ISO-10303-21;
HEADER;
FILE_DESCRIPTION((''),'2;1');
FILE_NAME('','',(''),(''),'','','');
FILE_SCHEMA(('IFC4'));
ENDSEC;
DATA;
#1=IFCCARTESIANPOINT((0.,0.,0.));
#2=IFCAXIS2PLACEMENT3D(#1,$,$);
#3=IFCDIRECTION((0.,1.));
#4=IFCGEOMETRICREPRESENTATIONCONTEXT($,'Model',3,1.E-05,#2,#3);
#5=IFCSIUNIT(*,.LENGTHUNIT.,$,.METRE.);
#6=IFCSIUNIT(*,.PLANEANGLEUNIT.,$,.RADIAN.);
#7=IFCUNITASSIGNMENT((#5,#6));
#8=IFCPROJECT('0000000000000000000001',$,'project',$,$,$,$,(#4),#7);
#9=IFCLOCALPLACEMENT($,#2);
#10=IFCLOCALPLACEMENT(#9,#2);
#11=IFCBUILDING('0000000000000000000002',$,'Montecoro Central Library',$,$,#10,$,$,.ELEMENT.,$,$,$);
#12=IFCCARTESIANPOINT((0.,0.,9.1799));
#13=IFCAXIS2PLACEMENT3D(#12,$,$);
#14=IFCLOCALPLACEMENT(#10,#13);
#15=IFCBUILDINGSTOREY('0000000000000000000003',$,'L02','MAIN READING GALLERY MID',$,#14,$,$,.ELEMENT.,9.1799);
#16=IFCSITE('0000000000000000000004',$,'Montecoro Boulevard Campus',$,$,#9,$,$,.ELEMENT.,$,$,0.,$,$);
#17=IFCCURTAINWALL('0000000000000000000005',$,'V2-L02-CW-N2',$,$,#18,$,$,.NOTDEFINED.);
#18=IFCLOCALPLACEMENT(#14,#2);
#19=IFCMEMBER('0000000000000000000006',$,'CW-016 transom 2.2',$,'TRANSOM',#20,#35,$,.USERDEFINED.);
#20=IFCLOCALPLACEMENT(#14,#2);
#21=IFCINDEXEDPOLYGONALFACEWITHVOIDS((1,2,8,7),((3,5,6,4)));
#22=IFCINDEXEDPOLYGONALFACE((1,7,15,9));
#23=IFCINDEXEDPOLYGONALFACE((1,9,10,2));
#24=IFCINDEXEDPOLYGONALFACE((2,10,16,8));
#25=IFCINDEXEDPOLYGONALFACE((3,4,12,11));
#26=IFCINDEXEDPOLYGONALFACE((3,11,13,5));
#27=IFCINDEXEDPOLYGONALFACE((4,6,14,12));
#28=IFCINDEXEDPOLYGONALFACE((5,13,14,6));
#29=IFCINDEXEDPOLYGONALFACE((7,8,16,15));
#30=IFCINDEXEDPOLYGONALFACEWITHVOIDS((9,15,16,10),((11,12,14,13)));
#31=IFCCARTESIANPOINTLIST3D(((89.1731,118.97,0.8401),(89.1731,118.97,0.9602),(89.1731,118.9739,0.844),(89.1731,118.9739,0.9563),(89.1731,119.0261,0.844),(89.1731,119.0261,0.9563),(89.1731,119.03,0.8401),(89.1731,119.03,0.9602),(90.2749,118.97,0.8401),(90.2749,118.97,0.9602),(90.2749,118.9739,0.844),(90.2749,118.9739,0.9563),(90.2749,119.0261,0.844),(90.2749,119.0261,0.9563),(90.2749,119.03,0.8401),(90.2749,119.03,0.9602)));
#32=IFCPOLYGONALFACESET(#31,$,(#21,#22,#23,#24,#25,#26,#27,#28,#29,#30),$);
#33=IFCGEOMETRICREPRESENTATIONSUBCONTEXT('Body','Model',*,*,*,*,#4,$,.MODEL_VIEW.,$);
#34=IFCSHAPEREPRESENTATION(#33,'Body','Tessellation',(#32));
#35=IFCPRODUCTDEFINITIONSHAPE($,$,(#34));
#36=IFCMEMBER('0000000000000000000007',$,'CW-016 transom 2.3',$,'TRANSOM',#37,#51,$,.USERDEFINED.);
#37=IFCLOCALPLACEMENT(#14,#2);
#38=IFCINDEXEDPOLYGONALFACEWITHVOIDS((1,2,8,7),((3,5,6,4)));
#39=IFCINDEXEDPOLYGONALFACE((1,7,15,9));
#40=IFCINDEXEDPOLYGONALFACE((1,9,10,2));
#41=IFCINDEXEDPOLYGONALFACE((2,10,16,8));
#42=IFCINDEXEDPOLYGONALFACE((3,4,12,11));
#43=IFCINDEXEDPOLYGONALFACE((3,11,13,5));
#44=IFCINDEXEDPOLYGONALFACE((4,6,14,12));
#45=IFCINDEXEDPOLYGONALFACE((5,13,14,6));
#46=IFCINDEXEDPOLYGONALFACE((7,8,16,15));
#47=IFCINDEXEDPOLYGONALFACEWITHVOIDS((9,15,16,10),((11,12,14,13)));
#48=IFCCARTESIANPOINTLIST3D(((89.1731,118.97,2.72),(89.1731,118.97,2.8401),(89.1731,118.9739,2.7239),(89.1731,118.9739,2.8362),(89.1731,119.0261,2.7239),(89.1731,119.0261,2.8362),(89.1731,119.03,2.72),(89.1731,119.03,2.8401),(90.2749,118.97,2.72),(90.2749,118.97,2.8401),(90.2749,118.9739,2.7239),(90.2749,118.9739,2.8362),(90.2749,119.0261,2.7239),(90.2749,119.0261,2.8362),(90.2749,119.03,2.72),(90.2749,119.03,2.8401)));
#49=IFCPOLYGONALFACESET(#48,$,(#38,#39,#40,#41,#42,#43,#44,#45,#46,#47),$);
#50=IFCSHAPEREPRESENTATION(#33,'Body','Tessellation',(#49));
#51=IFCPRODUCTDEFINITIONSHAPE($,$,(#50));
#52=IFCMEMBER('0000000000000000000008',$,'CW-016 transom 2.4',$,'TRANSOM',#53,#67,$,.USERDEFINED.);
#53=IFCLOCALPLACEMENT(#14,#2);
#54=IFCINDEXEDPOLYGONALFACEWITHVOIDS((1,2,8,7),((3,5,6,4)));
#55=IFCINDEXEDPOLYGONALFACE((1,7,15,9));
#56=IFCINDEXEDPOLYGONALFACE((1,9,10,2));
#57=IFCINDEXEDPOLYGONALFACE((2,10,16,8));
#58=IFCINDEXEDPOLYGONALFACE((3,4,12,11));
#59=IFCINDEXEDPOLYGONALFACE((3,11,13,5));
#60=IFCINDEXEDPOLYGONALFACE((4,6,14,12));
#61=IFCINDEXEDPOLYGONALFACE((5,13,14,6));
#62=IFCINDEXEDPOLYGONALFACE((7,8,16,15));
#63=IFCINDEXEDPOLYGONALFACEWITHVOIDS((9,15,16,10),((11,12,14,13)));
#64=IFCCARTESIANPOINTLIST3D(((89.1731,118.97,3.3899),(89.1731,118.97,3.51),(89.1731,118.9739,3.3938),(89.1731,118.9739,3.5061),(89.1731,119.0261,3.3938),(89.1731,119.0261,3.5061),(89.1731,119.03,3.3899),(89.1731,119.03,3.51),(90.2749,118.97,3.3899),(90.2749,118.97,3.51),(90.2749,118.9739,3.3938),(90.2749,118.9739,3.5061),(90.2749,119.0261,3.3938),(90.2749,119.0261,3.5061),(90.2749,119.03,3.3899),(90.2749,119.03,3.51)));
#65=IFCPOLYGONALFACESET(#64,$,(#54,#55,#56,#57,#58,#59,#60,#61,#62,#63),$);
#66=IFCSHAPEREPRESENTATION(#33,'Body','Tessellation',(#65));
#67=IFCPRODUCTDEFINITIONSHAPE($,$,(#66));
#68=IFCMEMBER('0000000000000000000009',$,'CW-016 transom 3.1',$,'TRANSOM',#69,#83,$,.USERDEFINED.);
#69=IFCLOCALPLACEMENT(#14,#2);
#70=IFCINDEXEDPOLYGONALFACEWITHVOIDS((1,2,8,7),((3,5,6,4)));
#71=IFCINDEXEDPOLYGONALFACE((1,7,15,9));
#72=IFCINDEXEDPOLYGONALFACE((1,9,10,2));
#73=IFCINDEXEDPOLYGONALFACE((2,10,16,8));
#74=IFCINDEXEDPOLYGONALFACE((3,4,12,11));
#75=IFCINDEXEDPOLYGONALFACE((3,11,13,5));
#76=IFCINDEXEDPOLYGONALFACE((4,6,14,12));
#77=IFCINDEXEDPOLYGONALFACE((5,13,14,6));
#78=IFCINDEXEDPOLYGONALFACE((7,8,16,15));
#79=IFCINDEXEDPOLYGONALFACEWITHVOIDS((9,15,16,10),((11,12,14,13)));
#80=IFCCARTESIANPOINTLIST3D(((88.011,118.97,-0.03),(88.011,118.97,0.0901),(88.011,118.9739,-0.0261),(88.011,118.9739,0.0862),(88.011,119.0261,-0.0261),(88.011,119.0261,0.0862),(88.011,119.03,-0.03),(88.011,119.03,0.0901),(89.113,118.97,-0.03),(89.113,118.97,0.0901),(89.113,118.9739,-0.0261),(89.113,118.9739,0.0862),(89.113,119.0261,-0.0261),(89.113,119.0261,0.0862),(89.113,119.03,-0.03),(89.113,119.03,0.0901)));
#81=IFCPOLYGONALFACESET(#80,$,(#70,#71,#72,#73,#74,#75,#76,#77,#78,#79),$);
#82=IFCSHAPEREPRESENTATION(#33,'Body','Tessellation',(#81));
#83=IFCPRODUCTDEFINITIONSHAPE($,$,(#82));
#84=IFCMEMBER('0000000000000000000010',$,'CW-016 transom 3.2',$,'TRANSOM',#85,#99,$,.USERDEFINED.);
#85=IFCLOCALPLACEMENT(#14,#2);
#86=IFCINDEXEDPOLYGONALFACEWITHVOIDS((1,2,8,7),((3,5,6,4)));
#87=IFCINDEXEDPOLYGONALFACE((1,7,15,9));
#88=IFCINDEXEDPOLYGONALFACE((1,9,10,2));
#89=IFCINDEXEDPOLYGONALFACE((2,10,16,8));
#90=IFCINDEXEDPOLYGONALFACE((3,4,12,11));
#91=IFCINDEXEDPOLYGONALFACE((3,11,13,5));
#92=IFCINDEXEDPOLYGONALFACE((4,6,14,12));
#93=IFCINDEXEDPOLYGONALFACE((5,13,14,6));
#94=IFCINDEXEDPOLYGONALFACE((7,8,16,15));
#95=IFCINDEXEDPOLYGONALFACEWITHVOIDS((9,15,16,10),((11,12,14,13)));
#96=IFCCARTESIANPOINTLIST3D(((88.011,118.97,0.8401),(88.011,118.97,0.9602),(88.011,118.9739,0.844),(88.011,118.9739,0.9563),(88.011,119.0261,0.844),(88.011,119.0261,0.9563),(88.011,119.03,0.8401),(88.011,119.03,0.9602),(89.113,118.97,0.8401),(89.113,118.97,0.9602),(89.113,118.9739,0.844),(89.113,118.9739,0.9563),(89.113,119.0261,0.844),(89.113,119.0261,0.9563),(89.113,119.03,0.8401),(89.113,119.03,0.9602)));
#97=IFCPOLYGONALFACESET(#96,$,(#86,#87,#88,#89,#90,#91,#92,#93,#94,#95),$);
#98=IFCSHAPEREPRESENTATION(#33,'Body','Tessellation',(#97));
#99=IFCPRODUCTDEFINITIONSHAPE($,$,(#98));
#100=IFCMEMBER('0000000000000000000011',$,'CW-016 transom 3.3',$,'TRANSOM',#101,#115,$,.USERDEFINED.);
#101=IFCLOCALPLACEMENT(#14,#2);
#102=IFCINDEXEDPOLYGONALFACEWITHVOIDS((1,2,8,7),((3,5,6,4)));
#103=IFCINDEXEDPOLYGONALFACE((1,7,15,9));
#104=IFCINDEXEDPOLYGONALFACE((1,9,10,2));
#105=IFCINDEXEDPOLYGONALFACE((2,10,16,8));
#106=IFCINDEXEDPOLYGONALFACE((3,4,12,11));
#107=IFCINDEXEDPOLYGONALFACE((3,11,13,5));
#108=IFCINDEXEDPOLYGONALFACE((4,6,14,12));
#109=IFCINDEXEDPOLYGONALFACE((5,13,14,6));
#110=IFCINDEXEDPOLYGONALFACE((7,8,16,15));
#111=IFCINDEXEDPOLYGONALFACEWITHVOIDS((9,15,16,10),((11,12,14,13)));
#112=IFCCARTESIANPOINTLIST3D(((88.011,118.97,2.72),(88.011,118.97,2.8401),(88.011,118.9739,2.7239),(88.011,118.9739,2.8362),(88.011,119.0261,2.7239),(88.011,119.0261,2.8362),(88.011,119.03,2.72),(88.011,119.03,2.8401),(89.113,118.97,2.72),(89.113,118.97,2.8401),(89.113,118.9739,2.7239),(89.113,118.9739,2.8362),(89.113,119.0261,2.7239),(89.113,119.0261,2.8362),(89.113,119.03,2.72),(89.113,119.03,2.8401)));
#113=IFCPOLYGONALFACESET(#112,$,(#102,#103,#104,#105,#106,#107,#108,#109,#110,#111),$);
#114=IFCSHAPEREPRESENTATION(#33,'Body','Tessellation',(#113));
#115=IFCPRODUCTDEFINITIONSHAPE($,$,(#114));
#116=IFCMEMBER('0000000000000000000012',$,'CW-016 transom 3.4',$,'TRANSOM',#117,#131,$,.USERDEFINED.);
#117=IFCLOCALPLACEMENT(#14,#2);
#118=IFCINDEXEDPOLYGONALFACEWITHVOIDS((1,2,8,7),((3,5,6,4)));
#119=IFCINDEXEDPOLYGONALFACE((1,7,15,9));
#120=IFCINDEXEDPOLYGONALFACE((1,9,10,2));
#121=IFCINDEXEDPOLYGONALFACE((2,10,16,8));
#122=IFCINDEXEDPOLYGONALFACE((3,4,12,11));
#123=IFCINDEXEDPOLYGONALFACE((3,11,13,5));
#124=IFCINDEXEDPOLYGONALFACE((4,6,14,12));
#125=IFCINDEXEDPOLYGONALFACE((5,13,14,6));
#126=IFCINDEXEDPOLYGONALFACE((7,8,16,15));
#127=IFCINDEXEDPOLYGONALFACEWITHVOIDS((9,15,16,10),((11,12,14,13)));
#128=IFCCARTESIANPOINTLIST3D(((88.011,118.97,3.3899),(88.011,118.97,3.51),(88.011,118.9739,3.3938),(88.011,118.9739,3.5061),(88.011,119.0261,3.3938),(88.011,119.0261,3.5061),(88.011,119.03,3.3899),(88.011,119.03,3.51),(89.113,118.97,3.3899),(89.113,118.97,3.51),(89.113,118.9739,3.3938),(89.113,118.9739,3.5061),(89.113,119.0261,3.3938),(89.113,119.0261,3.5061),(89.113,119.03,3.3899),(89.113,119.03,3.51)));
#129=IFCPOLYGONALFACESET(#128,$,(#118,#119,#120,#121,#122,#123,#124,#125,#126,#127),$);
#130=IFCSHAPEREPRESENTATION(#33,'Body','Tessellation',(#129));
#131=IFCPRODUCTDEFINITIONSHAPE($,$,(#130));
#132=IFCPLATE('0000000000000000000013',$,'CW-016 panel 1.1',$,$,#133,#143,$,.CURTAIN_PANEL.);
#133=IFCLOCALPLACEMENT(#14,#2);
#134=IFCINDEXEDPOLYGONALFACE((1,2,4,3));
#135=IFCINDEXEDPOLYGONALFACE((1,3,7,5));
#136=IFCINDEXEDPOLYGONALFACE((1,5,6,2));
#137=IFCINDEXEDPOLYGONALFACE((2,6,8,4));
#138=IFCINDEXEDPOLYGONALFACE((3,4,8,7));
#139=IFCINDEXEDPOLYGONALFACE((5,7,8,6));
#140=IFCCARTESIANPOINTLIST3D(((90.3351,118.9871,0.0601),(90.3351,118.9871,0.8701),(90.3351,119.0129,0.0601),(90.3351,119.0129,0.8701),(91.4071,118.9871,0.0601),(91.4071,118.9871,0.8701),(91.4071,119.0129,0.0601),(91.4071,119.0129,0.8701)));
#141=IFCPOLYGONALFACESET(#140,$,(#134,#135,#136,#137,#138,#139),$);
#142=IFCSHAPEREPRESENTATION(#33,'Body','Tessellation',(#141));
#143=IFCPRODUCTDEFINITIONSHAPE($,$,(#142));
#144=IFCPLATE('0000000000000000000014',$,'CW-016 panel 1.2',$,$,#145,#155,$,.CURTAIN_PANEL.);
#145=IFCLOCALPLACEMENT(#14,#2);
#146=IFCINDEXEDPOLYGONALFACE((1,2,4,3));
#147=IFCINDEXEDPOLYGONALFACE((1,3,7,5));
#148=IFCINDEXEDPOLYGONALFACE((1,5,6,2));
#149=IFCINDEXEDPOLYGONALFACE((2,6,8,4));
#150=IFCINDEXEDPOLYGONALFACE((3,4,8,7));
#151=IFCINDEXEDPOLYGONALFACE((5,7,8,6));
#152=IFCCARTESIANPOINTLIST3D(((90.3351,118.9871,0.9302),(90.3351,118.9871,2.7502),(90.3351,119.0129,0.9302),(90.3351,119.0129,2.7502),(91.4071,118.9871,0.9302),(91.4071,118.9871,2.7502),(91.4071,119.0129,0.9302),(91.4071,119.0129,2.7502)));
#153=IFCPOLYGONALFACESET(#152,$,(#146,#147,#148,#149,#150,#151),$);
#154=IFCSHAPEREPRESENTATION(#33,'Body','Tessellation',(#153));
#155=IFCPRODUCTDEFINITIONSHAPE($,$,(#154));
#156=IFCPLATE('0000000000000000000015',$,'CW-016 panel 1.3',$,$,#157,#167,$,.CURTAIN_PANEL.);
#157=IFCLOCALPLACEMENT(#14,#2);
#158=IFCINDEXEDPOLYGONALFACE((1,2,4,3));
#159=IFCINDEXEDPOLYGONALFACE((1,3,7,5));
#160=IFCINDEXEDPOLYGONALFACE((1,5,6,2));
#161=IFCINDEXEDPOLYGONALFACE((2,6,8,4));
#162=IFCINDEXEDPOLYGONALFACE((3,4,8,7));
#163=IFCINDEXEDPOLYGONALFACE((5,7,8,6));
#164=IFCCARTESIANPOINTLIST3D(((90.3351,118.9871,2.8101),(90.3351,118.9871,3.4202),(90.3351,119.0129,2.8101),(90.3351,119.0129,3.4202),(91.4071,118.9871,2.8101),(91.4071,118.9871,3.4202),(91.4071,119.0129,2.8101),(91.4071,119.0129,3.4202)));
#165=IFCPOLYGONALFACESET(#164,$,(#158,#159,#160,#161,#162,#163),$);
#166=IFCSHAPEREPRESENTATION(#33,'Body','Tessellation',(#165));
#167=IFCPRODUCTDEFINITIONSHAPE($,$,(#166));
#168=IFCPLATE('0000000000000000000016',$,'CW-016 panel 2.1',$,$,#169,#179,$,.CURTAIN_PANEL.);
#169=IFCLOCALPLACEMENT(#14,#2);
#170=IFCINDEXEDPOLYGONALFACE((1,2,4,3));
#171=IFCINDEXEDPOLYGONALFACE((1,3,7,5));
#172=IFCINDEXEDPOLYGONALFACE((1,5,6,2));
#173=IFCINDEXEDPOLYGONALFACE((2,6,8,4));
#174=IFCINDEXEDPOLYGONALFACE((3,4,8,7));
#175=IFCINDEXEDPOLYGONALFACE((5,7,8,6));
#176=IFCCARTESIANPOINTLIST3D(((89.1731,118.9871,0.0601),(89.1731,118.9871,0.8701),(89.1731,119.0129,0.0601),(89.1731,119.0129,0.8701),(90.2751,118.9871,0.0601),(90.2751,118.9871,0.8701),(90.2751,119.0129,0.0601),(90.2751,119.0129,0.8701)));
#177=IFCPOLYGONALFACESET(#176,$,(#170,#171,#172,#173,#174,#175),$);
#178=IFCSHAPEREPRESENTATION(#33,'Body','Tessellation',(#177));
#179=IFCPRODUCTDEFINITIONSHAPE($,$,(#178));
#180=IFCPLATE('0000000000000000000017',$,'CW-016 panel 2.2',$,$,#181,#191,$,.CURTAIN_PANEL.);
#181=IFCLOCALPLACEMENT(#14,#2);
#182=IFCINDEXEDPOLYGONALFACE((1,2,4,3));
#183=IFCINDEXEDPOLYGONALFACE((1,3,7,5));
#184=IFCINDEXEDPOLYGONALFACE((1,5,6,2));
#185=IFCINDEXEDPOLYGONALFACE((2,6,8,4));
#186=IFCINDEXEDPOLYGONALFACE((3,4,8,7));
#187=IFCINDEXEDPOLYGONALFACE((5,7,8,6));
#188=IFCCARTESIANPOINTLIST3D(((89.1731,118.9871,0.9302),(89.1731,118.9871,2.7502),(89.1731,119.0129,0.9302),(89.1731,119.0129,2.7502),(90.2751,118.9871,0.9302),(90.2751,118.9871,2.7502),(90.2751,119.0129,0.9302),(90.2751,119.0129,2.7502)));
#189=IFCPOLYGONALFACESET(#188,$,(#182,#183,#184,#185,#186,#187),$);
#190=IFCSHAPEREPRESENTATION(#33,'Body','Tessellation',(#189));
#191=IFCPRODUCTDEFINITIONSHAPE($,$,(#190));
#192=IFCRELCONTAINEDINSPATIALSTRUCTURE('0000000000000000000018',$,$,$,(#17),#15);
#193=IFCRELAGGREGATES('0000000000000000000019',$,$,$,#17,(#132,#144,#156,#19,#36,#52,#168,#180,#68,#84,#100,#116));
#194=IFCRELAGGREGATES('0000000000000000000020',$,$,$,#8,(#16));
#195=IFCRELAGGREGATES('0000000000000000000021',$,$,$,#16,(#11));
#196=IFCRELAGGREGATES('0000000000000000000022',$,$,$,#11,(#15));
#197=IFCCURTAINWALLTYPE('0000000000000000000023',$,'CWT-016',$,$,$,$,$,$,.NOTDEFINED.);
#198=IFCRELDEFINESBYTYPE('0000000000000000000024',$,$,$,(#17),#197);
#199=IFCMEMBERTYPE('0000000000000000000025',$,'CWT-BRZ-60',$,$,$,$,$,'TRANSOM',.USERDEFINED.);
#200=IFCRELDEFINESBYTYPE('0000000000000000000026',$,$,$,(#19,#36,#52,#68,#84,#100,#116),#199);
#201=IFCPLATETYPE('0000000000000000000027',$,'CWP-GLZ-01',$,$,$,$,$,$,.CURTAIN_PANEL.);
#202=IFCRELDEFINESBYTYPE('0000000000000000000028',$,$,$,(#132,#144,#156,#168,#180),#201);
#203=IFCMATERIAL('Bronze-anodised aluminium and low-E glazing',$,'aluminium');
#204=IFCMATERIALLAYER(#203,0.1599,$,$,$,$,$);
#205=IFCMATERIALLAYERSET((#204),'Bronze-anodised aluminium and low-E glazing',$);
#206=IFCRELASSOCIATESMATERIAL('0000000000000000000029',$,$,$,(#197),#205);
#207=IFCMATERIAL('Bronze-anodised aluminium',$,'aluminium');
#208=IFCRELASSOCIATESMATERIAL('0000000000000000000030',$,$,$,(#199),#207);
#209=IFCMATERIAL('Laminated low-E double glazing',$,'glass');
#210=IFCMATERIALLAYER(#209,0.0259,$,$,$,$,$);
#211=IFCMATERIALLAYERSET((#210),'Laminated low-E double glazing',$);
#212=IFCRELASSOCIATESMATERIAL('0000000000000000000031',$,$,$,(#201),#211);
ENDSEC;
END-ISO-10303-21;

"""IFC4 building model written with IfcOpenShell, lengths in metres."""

from ifc_helpers import new_model, si_unit, direction, frame, origin, origin_2d, place, context, subcontext, project, spatial, rectangle, hollow_rectangle, extrude, material, layer, layer_set, material_profile, profile_set, type_object, element, aggregate, save


model = new_model("IFC4")

# Units and contexts
model_context = context("Model", 3, precision=1e-05, world=origin(), true_north=direction((0.0, 1.0)))
body_context = subcontext(model_context, "Body", "Model", "MODEL_VIEW")
ifc_project = project(units=[si_unit("LENGTHUNIT", "METRE"), si_unit("PLANEANGLEUNIT", "RADIAN")], contexts=[model_context])

# Site, building, storey
site_placement = place(None, origin())
site = spatial("IfcSite", under=ifc_project, at=site_placement, Name="Montecoro Boulevard Campus", CompositionType="ELEMENT", RefElevation=0.0)
building_placement = place(site_placement, origin())
building = spatial("IfcBuilding", under=site, at=building_placement, Name="Montecoro Central Library", CompositionType="ELEMENT")
storey_placement = place(building_placement, frame((0.0, 0.0, 9.1799)))
storey = spatial("IfcBuildingStorey", under=building, at=storey_placement, Name="L02", Description="MAIN READING GALLERY MID", CompositionType="ELEMENT", Elevation=9.1799)

# Curtain wall, members, plates
ifc_material_1 = material(Name="Bronze-anodised aluminium and low-E glazing", Category="aluminium")
ifc_layer_1 = layer(ifc_material_1, 0.1599)
ifc_layer_set_1 = layer_set([ifc_layer_1], Name="Bronze-anodised aluminium and low-E glazing")
curtain_wall_type = type_object("IfcCurtainWallType", Name="CWT-016", PredefinedType="NOTDEFINED", material=ifc_layer_set_1)
curtain_wall_placement = place(storey_placement, origin())
curtain_wall = element("IfcCurtainWall", 1, at=curtain_wall_placement, inside=storey, type_object=curtain_wall_type, Name="V2-L02-CW-N2", PredefinedType="NOTDEFINED")
ifc_material_2 = material(Name="Bronze-anodised aluminium", Category="aluminium")
ifc_material_profile_1 = material_profile(ifc_material_2, hollow_rectangle(XDim=0.0601, YDim=0.1201, WallThickness=0.0039, at=origin_2d()), Name="CWT 120x60x4.0")
ifc_profile_set_1 = profile_set([ifc_material_profile_1], Name="Bronze-anodised aluminium")
member_type_1 = type_object("IfcMemberType", Name="CWT-BRZ-60", ElementType="TRANSOM", PredefinedType="USERDEFINED", material=ifc_profile_set_1)
member_1_placement = place(storey_placement, frame((90.2749, 119.0, 0.9001), z_axis=(-1.0, 0.0, 0.0), x_axis=(0.0, -1.0, 0.0)))
member_1 = element("IfcMember", 2, at=member_1_placement, type_object=member_type_1, Name="CW-016 transom 2.2", ObjectType="TRANSOM", PredefinedType="USERDEFINED", context=body_context, shape_type="SweptSolid", body=[
    extrude(hollow_rectangle(XDim=0.0601, YDim=0.1201, WallThickness=0.0039, at=origin_2d()), origin(), (0.0, 0.0, 1.0), 1.1018),
])
member_2_placement = place(storey_placement, frame((90.2749, 119.0, 2.78), z_axis=(-1.0, 0.0, 0.0), x_axis=(0.0, -1.0, 0.0)))
member_2 = element("IfcMember", 3, at=member_2_placement, type_object=member_type_1, Name="CW-016 transom 2.3", ObjectType="TRANSOM", PredefinedType="USERDEFINED", context=body_context, shape_type="SweptSolid", body=[
    extrude(hollow_rectangle(XDim=0.0601, YDim=0.1201, WallThickness=0.0039, at=origin_2d()), origin(), (0.0, 0.0, 1.0), 1.1018),
])
member_3_placement = place(storey_placement, frame((90.2749, 119.0, 3.45), z_axis=(-1.0, 0.0, 0.0), x_axis=(0.0, -1.0, 0.0)))
member_3 = element("IfcMember", 4, at=member_3_placement, type_object=member_type_1, Name="CW-016 transom 2.4", ObjectType="TRANSOM", PredefinedType="USERDEFINED", context=body_context, shape_type="SweptSolid", body=[
    extrude(hollow_rectangle(XDim=0.0601, YDim=0.1201, WallThickness=0.0039, at=origin_2d()), origin(), (0.0, 0.0, 1.0), 1.1018),
])
member_4_placement = place(storey_placement, frame((89.113, 119.0, 0.03), z_axis=(-1.0, 0.0, 0.0), x_axis=(0.0, -1.0, 0.0)))
member_4 = element("IfcMember", 5, at=member_4_placement, type_object=member_type_1, Name="CW-016 transom 3.1", ObjectType="TRANSOM", PredefinedType="USERDEFINED", context=body_context, shape_type="SweptSolid", body=[
    extrude(hollow_rectangle(XDim=0.0601, YDim=0.1201, WallThickness=0.0039, at=origin_2d()), origin(), (0.0, 0.0, 1.0), 1.1021),
])
member_5_placement = place(storey_placement, frame((89.113, 119.0, 0.9001), z_axis=(-1.0, 0.0, 0.0), x_axis=(0.0, -1.0, 0.0)))
member_5 = element("IfcMember", 6, at=member_5_placement, type_object=member_type_1, Name="CW-016 transom 3.2", ObjectType="TRANSOM", PredefinedType="USERDEFINED", context=body_context, shape_type="SweptSolid", body=[
    extrude(hollow_rectangle(XDim=0.0601, YDim=0.1201, WallThickness=0.0039, at=origin_2d()), origin(), (0.0, 0.0, 1.0), 1.1021),
])
member_6_placement = place(storey_placement, frame((89.113, 119.0, 2.78), z_axis=(-1.0, 0.0, 0.0), x_axis=(0.0, -1.0, 0.0)))
member_6 = element("IfcMember", 7, at=member_6_placement, type_object=member_type_1, Name="CW-016 transom 3.3", ObjectType="TRANSOM", PredefinedType="USERDEFINED", context=body_context, shape_type="SweptSolid", body=[
    extrude(hollow_rectangle(XDim=0.0601, YDim=0.1201, WallThickness=0.0039, at=origin_2d()), origin(), (0.0, 0.0, 1.0), 1.1021),
])
member_7_placement = place(storey_placement, frame((89.113, 119.0, 3.45), z_axis=(-1.0, 0.0, 0.0), x_axis=(0.0, -1.0, 0.0)))
member_7 = element("IfcMember", 8, at=member_7_placement, type_object=member_type_1, Name="CW-016 transom 3.4", ObjectType="TRANSOM", PredefinedType="USERDEFINED", context=body_context, shape_type="SweptSolid", body=[
    extrude(hollow_rectangle(XDim=0.0601, YDim=0.1201, WallThickness=0.0039, at=origin_2d()), origin(), (0.0, 0.0, 1.0), 1.1021),
])
ifc_material_3 = material(Name="Laminated low-E double glazing", Category="glass")
ifc_layer_2 = layer(ifc_material_3, 0.0259)
ifc_layer_set_2 = layer_set([ifc_layer_2], Name="Laminated low-E double glazing")
plate_type_1 = type_object("IfcPlateType", Name="CWP-GLZ-01", PredefinedType="CURTAIN_PANEL", material=ifc_layer_set_2)
plate_1_placement = place(storey_placement, frame((90.8711, 119.0, 0.0601), z_axis=(0.0, 0.0, 1.0), x_axis=(-1.0, 0.0, 0.0)))
plate_1 = element("IfcPlate", 9, at=plate_1_placement, type_object=plate_type_1, Name="CW-016 panel 1.1", PredefinedType="CURTAIN_PANEL", context=body_context, shape_type="SweptSolid", body=[
    extrude(rectangle(XDim=1.072, YDim=0.0259, at=origin_2d()), origin(), (0.0, 0.0, 1.0), 0.8101),
])
plate_2_placement = place(storey_placement, frame((90.8711, 119.0, 0.9302), z_axis=(0.0, 0.0, 1.0), x_axis=(-1.0, 0.0, 0.0)))
plate_2 = element("IfcPlate", 10, at=plate_2_placement, type_object=plate_type_1, Name="CW-016 panel 1.2", PredefinedType="CURTAIN_PANEL", context=body_context, shape_type="SweptSolid", body=[
    extrude(rectangle(XDim=1.072, YDim=0.0259, at=origin_2d()), origin(), (0.0, 0.0, 1.0), 1.8201),
])
plate_3_placement = place(storey_placement, frame((90.8711, 119.0, 2.8101), z_axis=(0.0, 0.0, 1.0), x_axis=(-1.0, 0.0, 0.0)))
plate_3 = element("IfcPlate", 11, at=plate_3_placement, type_object=plate_type_1, Name="CW-016 panel 1.3", PredefinedType="CURTAIN_PANEL", context=body_context, shape_type="SweptSolid", body=[
    extrude(rectangle(XDim=1.072, YDim=0.0259, at=origin_2d()), origin(), (0.0, 0.0, 1.0), 0.6101),
])
plate_4_placement = place(storey_placement, frame((89.7241, 119.0, 0.0601), z_axis=(0.0, 0.0, 1.0), x_axis=(-1.0, 0.0, 0.0)))
plate_4 = element("IfcPlate", 12, at=plate_4_placement, type_object=plate_type_1, Name="CW-016 panel 2.1", PredefinedType="CURTAIN_PANEL", context=body_context, shape_type="SweptSolid", body=[
    extrude(rectangle(XDim=1.1021, YDim=0.0259, at=origin_2d()), origin(), (0.0, 0.0, 1.0), 0.8101),
])
plate_5_placement = place(storey_placement, frame((89.7241, 119.0, 0.9302), z_axis=(0.0, 0.0, 1.0), x_axis=(-1.0, 0.0, 0.0)))
plate_5 = element("IfcPlate", 13, at=plate_5_placement, type_object=plate_type_1, Name="CW-016 panel 2.2", PredefinedType="CURTAIN_PANEL", context=body_context, shape_type="SweptSolid", body=[
    extrude(rectangle(XDim=1.1021, YDim=0.0259, at=origin_2d()), origin(), (0.0, 0.0, 1.0), 1.8201),
])
aggregate(curtain_wall, [plate_1, plate_2, plate_3, member_1, member_2, member_3, plate_4, plate_5, member_4, member_5, member_6, member_7])

save(model, "model.ifc")
